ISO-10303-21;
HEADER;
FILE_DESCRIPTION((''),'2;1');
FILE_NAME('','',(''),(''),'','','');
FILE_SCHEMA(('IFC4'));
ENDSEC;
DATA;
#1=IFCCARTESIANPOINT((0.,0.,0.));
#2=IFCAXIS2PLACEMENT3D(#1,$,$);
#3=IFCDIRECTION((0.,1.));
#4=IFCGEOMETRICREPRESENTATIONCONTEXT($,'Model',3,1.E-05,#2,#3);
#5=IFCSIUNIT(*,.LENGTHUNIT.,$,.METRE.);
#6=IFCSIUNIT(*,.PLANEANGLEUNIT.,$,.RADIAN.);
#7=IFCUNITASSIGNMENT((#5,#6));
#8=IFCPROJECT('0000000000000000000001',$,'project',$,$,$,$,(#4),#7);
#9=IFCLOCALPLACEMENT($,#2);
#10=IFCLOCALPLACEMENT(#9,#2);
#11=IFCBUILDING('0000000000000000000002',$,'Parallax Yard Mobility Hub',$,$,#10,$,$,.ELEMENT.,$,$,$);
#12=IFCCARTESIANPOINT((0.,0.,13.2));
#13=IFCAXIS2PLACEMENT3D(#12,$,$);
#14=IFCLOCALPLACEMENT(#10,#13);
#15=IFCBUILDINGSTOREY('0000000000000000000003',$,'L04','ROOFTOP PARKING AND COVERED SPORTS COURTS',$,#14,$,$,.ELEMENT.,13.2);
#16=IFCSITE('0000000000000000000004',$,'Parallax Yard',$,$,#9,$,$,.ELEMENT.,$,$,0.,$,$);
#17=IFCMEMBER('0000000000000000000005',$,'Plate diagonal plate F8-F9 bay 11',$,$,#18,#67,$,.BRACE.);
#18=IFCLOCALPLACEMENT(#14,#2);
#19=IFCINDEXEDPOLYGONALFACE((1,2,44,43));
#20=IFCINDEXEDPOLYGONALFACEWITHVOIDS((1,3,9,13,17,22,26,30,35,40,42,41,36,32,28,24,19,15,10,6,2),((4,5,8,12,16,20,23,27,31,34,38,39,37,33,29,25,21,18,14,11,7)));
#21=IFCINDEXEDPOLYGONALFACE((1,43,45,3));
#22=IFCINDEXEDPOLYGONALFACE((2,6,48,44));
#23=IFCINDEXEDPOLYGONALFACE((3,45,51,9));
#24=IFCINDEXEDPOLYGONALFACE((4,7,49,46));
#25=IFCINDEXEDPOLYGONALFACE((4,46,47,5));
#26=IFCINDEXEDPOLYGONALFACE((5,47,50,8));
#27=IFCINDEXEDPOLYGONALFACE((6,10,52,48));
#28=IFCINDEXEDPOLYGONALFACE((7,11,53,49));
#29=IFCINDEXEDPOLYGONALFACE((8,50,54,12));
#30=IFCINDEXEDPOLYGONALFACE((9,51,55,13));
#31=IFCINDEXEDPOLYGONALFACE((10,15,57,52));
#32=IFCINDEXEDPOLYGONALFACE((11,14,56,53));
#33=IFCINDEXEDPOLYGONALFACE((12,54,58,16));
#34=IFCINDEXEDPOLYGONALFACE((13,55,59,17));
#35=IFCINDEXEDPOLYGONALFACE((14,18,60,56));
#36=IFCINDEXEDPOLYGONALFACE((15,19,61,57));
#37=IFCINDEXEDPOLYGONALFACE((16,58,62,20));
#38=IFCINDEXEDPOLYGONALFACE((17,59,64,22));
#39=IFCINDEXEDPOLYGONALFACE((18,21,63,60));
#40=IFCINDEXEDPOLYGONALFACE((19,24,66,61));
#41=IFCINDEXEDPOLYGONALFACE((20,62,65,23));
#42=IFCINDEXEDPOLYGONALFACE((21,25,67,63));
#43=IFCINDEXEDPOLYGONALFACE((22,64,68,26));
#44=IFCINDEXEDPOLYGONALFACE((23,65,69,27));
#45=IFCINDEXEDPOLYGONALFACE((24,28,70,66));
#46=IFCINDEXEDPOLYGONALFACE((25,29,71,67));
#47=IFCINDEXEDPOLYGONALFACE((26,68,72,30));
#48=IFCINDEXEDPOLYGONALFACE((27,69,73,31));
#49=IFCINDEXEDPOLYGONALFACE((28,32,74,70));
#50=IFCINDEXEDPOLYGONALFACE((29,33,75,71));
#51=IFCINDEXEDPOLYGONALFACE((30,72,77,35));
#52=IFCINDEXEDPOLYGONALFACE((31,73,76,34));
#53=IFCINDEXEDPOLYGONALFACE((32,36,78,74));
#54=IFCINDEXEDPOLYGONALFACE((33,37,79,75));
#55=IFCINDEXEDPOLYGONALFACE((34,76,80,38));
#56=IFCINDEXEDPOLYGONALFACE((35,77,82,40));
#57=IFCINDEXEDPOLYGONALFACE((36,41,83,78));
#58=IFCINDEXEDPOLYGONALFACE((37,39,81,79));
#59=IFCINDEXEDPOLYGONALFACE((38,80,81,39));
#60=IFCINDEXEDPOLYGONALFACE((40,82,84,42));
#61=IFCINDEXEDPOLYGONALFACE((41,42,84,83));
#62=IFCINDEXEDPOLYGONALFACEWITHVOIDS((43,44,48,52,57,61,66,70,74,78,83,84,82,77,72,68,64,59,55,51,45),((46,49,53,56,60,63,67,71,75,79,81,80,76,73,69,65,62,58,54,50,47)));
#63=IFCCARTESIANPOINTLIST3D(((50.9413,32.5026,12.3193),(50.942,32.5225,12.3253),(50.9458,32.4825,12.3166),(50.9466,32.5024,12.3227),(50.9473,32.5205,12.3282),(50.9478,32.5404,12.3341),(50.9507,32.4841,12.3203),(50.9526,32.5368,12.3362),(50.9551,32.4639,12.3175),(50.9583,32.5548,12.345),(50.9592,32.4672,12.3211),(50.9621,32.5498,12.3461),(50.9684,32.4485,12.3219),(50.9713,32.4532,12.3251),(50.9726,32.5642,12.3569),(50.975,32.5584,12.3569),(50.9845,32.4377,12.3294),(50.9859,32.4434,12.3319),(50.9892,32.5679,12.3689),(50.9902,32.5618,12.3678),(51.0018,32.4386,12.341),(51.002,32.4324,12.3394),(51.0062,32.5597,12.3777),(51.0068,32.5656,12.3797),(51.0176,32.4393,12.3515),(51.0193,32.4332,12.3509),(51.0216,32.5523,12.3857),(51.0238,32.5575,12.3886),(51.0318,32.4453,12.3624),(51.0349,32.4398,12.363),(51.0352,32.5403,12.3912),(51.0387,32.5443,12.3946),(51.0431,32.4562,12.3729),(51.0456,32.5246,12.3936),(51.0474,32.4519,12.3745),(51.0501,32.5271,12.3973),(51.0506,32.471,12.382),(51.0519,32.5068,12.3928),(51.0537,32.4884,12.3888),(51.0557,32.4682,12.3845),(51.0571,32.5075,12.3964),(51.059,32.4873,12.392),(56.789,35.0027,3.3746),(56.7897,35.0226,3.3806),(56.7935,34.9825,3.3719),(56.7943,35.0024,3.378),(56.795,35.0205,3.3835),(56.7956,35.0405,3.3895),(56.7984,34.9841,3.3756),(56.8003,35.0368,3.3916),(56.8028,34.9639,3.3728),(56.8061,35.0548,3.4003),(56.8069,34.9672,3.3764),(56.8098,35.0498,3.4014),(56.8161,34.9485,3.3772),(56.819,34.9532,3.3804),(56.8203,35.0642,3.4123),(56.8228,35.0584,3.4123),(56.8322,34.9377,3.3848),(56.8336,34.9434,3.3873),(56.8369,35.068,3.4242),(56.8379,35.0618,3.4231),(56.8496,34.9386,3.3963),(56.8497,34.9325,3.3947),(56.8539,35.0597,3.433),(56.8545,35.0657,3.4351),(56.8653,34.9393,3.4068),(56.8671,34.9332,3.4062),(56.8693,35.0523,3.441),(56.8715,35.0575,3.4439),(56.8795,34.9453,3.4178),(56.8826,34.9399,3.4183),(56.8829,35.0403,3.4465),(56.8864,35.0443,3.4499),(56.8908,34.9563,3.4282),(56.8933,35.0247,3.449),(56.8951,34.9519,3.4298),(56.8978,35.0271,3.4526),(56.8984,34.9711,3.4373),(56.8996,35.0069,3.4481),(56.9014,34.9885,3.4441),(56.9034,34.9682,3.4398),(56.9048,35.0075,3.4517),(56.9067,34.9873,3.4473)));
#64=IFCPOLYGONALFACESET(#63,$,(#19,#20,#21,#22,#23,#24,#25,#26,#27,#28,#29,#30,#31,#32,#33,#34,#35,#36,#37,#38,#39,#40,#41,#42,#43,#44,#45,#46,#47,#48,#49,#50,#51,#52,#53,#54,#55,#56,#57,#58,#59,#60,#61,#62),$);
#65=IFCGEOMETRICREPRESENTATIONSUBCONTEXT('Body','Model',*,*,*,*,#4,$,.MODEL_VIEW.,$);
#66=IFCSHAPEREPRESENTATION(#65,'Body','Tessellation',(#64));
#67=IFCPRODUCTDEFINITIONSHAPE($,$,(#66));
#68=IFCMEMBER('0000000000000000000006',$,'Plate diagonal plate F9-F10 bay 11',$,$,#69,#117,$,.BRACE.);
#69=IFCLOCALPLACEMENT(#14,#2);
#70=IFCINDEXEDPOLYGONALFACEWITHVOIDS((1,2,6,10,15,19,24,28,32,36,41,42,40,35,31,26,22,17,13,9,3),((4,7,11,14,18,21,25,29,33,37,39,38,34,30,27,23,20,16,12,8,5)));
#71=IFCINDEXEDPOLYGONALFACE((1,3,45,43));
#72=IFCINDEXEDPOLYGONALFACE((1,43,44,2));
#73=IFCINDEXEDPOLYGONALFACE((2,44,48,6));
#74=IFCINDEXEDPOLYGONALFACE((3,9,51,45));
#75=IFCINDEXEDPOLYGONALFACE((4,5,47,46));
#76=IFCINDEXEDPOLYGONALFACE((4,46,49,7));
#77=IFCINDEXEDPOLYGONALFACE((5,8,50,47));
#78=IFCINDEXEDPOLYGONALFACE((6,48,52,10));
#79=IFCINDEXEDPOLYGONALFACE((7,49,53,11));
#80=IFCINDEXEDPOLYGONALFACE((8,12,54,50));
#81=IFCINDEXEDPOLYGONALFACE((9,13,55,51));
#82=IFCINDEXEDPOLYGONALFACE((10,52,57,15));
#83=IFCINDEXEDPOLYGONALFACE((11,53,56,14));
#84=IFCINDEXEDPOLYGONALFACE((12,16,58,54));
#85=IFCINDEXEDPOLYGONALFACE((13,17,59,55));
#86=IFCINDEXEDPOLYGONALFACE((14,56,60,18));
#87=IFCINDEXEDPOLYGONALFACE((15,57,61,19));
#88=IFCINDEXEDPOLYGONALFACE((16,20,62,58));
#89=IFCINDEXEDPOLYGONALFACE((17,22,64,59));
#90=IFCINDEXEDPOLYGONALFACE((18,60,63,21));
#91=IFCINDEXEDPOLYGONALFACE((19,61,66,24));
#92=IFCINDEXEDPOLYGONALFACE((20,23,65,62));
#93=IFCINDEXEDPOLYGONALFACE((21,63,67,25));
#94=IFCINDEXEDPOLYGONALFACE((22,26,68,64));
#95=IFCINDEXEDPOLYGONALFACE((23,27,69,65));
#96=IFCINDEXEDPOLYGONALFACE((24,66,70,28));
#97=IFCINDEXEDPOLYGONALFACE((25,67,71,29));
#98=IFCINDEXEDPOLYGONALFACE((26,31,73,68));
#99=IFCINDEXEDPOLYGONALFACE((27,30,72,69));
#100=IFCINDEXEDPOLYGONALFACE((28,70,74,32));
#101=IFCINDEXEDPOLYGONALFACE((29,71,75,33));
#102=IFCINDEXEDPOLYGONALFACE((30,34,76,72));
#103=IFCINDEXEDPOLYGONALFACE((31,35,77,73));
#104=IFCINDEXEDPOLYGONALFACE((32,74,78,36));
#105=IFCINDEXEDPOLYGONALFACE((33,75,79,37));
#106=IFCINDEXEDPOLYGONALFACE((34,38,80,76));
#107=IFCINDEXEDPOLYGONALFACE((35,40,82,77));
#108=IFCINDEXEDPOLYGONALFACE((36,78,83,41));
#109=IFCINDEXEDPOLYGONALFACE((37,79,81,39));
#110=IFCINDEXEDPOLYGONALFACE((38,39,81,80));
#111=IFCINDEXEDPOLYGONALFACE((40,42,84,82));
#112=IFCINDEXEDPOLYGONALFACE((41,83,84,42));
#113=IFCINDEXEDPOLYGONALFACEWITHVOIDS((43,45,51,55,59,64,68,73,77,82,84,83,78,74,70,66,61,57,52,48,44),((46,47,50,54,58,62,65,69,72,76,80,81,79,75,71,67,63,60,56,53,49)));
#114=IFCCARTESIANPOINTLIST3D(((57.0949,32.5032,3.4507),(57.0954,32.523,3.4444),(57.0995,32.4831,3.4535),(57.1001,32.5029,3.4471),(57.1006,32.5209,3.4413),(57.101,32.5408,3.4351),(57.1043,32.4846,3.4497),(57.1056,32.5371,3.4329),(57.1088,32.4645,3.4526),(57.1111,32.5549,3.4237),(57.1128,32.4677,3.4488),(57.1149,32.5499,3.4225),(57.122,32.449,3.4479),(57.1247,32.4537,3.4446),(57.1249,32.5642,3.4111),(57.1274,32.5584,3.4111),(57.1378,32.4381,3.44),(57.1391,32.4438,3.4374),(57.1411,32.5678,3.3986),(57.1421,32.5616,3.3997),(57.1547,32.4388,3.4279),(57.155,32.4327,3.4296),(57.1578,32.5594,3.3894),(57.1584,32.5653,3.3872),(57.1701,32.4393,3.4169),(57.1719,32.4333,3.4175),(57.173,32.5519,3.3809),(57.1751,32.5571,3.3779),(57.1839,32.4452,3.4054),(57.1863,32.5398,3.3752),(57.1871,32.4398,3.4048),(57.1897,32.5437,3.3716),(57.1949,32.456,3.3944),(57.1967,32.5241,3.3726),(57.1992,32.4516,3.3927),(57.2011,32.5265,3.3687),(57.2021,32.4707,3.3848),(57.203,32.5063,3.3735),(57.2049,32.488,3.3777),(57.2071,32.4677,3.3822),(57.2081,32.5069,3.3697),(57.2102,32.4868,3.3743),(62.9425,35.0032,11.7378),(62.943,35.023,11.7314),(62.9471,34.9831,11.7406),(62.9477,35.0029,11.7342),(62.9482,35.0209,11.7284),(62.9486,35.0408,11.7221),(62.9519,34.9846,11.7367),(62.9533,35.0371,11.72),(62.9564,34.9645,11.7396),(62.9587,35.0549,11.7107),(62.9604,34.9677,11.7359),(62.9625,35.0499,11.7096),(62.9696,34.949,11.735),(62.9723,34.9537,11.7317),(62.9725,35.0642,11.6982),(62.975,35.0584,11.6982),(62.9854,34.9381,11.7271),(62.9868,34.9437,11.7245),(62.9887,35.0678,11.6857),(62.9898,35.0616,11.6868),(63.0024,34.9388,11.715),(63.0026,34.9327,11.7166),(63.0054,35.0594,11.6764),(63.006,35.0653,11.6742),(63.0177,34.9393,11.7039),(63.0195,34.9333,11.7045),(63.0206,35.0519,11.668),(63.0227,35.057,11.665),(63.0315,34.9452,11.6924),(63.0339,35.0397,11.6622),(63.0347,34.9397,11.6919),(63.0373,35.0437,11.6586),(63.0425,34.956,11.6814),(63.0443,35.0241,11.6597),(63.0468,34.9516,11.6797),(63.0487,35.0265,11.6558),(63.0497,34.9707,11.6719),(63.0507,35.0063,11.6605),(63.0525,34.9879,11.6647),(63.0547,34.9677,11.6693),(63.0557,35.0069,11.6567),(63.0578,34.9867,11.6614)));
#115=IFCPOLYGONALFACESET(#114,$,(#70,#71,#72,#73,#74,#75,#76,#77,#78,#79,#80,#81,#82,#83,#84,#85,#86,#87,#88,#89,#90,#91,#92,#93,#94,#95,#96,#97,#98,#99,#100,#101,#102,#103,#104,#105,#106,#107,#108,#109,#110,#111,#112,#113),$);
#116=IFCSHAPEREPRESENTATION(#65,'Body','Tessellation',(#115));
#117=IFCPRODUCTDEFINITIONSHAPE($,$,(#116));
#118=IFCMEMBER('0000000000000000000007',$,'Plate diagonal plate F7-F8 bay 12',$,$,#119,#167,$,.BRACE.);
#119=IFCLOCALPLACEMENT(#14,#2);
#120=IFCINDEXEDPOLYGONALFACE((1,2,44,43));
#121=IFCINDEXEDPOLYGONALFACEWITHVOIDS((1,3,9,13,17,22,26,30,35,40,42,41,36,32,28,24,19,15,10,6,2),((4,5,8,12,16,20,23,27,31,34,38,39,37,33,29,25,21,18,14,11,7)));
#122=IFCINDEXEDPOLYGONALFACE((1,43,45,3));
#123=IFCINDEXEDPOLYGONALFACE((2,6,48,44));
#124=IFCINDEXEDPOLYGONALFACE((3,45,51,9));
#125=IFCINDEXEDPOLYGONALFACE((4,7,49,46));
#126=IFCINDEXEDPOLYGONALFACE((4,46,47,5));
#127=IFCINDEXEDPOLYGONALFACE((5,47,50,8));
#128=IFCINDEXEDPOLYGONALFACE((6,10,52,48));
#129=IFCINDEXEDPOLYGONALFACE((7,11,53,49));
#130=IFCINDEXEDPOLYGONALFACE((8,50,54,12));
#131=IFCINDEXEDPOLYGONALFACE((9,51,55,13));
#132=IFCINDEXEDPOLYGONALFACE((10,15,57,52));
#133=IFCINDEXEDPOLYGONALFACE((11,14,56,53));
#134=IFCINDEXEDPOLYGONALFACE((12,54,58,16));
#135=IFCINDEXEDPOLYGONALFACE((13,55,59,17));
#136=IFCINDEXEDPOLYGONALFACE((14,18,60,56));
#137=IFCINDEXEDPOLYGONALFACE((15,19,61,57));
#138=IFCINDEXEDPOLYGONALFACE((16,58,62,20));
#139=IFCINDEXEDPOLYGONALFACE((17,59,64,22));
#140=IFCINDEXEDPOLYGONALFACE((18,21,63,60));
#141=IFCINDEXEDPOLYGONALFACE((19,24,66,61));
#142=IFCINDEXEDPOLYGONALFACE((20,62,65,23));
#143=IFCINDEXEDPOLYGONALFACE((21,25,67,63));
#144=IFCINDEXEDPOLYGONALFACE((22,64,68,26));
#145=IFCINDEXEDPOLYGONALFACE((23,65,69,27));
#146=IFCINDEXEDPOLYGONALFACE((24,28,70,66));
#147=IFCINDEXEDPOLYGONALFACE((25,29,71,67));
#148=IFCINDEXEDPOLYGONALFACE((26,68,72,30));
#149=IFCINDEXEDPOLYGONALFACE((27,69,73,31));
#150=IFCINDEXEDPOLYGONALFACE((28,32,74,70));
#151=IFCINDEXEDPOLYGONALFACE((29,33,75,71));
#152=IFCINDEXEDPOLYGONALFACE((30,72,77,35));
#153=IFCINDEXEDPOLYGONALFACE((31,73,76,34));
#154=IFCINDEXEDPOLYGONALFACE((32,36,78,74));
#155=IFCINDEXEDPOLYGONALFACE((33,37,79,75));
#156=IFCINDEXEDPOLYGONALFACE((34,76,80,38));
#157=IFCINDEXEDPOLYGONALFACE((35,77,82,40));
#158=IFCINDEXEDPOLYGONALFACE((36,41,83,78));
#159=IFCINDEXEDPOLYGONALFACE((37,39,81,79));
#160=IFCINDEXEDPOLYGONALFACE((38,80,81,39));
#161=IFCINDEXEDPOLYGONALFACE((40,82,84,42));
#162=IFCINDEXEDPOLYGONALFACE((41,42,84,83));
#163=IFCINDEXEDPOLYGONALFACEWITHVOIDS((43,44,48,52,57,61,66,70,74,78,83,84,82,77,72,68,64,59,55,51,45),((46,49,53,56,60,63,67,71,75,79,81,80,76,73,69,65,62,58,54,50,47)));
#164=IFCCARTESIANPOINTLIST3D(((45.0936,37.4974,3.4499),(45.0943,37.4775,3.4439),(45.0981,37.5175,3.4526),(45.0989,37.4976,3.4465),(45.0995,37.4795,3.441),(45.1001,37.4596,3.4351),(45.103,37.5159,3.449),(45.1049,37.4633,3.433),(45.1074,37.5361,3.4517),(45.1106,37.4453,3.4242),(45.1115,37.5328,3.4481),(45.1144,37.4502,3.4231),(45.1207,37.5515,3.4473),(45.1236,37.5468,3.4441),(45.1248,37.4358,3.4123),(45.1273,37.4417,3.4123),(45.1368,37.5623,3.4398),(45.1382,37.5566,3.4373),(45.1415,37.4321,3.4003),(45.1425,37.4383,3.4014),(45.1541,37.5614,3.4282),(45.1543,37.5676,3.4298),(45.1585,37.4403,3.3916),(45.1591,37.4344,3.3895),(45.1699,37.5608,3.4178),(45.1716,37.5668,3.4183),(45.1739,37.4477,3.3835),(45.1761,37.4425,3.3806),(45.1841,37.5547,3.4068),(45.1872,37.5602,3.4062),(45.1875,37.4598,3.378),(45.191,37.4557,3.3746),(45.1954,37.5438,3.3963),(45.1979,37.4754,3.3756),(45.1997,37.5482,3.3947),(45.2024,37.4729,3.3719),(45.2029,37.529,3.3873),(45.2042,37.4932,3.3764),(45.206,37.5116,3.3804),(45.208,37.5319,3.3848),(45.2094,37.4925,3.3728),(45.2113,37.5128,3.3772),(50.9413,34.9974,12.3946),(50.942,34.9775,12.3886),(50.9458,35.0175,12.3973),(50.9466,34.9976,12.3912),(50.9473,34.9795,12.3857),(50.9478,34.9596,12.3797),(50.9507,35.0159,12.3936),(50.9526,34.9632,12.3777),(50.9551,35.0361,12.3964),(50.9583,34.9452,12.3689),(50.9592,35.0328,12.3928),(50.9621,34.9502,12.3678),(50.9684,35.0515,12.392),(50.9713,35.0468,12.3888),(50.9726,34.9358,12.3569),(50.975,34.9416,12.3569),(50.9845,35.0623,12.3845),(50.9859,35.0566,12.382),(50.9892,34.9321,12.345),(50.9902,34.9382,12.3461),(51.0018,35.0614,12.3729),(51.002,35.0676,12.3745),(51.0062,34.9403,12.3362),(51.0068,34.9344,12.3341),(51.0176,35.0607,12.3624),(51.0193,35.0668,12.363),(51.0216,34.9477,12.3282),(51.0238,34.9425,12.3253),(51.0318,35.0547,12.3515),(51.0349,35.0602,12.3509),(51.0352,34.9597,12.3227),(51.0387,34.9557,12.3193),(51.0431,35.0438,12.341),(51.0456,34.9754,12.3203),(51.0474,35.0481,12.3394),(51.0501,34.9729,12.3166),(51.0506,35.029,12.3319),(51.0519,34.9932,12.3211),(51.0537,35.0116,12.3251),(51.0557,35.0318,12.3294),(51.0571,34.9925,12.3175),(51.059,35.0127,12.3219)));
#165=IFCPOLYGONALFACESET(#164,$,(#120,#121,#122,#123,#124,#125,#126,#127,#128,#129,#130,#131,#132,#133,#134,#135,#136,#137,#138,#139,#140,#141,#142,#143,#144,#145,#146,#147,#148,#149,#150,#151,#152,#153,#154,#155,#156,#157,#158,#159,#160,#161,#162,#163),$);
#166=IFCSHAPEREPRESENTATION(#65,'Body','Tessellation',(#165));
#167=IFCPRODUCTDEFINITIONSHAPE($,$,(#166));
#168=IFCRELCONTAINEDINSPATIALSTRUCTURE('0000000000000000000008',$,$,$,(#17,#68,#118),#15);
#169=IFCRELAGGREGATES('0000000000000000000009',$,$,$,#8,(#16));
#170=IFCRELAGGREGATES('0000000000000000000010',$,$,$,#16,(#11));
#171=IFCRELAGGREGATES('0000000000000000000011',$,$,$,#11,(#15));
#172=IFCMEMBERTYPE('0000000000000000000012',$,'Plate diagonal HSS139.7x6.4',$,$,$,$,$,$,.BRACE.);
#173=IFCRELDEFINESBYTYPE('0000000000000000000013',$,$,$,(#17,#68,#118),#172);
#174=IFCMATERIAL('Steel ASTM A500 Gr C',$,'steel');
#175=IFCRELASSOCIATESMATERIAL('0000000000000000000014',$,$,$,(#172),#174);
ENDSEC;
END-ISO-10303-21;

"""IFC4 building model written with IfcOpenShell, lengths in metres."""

from ifc_helpers import new_model, si_unit, direction, frame, origin, origin_2d, place, context, subcontext, project, spatial, hollow_circle, extrude, material, material_profile, profile_set, type_object, element, save


model = new_model("IFC4")

# Units and contexts
model_context = context("Model", 3, precision=1e-05, world=origin(), true_north=direction((0.0, 1.0)))
body_context = subcontext(model_context, "Body", "Model", "MODEL_VIEW")
ifc_project = project(units=[si_unit("LENGTHUNIT", "METRE"), si_unit("PLANEANGLEUNIT", "RADIAN")], contexts=[model_context])

# Site, building, storey
site_placement = place(None, origin())
site = spatial("IfcSite", under=ifc_project, at=site_placement, Name="Parallax Yard", CompositionType="ELEMENT", RefElevation=0.0)
building_placement = place(site_placement, origin())
building = spatial("IfcBuilding", under=site, at=building_placement, Name="Parallax Yard Mobility Hub", CompositionType="ELEMENT")
storey_placement = place(building_placement, frame((0.0, 0.0, 13.2)))
storey = spatial("IfcBuildingStorey", under=building, at=storey_placement, Name="L04", Description="ROOFTOP PARKING AND COVERED SPORTS COURTS", CompositionType="ELEMENT", Elevation=13.2)

# Members
ifc_material_1 = material(Name="Steel ASTM A500 Gr C", Category="steel")
ifc_material_profile_1 = material_profile(ifc_material_1, hollow_circle(Radius=0.0698, WallThickness=0.0063, at=origin_2d()), Name="HSS139.7x6.4")
ifc_profile_set_1 = profile_set([ifc_material_profile_1], Name="Steel ASTM A500 Gr C")
member_type_1 = type_object("IfcMemberType", Name="Plate diagonal HSS139.7x6.4", PredefinedType="BRACE", material=ifc_profile_set_1)
member_1_placement = place(storey_placement, frame((51.0, 32.5, 12.3569), z_axis=(0.532816, 0.22779, -0.814996), x_axis=(-0.393104, 0.919494, 0.0)))
element("IfcMember", 1, at=member_1_placement, inside=storey, type_object=member_type_1, Name="Plate diagonal plate F8-F9 bay 11", PredefinedType="BRACE", context=body_context, shape_type="SweptSolid", body=[
    extrude(hollow_circle(Radius=0.0698, WallThickness=0.0063, at=origin_2d()), origin(), (0.0, 0.0, 1.0), 10.9751),
])
member_2_placement = place(storey_placement, frame((57.1523, 32.5, 3.4111), z_axis=(0.559793, 0.239323, 0.79332), x_axis=(-0.393104, 0.919494, 0.0)))
element("IfcMember", 2, at=member_2_placement, inside=storey, type_object=member_type_1, Name="Plate diagonal plate F9-F10 bay 11", PredefinedType="BRACE", context=body_context, shape_type="SweptSolid", body=[
    extrude(hollow_circle(Radius=0.0698, WallThickness=0.0063, at=origin_2d()), origin(), (0.0, 0.0, 1.0), 10.446),
])
for number, where, z_axis, x_axis, name in (
    (3, (51.0, 35.0, 12.3569), (-0.532816, 0.22779, -0.814996), (-0.393104, -0.919494, 0.0), "Plate diagonal plate F7-F8 bay 12"),
):
    element("IfcMember", number, at=place(storey_placement, frame(where, z_axis=z_axis, x_axis=x_axis)), inside=storey, type_object=member_type_1, Name=name, PredefinedType="BRACE", context=body_context, shape_type="SweptSolid", body=[
        extrude(hollow_circle(Radius=0.0698, WallThickness=0.0063, at=origin_2d()), origin(), (0.0, 0.0, 1.0), 10.9751),
    ])

save(model, "model.ifc")
